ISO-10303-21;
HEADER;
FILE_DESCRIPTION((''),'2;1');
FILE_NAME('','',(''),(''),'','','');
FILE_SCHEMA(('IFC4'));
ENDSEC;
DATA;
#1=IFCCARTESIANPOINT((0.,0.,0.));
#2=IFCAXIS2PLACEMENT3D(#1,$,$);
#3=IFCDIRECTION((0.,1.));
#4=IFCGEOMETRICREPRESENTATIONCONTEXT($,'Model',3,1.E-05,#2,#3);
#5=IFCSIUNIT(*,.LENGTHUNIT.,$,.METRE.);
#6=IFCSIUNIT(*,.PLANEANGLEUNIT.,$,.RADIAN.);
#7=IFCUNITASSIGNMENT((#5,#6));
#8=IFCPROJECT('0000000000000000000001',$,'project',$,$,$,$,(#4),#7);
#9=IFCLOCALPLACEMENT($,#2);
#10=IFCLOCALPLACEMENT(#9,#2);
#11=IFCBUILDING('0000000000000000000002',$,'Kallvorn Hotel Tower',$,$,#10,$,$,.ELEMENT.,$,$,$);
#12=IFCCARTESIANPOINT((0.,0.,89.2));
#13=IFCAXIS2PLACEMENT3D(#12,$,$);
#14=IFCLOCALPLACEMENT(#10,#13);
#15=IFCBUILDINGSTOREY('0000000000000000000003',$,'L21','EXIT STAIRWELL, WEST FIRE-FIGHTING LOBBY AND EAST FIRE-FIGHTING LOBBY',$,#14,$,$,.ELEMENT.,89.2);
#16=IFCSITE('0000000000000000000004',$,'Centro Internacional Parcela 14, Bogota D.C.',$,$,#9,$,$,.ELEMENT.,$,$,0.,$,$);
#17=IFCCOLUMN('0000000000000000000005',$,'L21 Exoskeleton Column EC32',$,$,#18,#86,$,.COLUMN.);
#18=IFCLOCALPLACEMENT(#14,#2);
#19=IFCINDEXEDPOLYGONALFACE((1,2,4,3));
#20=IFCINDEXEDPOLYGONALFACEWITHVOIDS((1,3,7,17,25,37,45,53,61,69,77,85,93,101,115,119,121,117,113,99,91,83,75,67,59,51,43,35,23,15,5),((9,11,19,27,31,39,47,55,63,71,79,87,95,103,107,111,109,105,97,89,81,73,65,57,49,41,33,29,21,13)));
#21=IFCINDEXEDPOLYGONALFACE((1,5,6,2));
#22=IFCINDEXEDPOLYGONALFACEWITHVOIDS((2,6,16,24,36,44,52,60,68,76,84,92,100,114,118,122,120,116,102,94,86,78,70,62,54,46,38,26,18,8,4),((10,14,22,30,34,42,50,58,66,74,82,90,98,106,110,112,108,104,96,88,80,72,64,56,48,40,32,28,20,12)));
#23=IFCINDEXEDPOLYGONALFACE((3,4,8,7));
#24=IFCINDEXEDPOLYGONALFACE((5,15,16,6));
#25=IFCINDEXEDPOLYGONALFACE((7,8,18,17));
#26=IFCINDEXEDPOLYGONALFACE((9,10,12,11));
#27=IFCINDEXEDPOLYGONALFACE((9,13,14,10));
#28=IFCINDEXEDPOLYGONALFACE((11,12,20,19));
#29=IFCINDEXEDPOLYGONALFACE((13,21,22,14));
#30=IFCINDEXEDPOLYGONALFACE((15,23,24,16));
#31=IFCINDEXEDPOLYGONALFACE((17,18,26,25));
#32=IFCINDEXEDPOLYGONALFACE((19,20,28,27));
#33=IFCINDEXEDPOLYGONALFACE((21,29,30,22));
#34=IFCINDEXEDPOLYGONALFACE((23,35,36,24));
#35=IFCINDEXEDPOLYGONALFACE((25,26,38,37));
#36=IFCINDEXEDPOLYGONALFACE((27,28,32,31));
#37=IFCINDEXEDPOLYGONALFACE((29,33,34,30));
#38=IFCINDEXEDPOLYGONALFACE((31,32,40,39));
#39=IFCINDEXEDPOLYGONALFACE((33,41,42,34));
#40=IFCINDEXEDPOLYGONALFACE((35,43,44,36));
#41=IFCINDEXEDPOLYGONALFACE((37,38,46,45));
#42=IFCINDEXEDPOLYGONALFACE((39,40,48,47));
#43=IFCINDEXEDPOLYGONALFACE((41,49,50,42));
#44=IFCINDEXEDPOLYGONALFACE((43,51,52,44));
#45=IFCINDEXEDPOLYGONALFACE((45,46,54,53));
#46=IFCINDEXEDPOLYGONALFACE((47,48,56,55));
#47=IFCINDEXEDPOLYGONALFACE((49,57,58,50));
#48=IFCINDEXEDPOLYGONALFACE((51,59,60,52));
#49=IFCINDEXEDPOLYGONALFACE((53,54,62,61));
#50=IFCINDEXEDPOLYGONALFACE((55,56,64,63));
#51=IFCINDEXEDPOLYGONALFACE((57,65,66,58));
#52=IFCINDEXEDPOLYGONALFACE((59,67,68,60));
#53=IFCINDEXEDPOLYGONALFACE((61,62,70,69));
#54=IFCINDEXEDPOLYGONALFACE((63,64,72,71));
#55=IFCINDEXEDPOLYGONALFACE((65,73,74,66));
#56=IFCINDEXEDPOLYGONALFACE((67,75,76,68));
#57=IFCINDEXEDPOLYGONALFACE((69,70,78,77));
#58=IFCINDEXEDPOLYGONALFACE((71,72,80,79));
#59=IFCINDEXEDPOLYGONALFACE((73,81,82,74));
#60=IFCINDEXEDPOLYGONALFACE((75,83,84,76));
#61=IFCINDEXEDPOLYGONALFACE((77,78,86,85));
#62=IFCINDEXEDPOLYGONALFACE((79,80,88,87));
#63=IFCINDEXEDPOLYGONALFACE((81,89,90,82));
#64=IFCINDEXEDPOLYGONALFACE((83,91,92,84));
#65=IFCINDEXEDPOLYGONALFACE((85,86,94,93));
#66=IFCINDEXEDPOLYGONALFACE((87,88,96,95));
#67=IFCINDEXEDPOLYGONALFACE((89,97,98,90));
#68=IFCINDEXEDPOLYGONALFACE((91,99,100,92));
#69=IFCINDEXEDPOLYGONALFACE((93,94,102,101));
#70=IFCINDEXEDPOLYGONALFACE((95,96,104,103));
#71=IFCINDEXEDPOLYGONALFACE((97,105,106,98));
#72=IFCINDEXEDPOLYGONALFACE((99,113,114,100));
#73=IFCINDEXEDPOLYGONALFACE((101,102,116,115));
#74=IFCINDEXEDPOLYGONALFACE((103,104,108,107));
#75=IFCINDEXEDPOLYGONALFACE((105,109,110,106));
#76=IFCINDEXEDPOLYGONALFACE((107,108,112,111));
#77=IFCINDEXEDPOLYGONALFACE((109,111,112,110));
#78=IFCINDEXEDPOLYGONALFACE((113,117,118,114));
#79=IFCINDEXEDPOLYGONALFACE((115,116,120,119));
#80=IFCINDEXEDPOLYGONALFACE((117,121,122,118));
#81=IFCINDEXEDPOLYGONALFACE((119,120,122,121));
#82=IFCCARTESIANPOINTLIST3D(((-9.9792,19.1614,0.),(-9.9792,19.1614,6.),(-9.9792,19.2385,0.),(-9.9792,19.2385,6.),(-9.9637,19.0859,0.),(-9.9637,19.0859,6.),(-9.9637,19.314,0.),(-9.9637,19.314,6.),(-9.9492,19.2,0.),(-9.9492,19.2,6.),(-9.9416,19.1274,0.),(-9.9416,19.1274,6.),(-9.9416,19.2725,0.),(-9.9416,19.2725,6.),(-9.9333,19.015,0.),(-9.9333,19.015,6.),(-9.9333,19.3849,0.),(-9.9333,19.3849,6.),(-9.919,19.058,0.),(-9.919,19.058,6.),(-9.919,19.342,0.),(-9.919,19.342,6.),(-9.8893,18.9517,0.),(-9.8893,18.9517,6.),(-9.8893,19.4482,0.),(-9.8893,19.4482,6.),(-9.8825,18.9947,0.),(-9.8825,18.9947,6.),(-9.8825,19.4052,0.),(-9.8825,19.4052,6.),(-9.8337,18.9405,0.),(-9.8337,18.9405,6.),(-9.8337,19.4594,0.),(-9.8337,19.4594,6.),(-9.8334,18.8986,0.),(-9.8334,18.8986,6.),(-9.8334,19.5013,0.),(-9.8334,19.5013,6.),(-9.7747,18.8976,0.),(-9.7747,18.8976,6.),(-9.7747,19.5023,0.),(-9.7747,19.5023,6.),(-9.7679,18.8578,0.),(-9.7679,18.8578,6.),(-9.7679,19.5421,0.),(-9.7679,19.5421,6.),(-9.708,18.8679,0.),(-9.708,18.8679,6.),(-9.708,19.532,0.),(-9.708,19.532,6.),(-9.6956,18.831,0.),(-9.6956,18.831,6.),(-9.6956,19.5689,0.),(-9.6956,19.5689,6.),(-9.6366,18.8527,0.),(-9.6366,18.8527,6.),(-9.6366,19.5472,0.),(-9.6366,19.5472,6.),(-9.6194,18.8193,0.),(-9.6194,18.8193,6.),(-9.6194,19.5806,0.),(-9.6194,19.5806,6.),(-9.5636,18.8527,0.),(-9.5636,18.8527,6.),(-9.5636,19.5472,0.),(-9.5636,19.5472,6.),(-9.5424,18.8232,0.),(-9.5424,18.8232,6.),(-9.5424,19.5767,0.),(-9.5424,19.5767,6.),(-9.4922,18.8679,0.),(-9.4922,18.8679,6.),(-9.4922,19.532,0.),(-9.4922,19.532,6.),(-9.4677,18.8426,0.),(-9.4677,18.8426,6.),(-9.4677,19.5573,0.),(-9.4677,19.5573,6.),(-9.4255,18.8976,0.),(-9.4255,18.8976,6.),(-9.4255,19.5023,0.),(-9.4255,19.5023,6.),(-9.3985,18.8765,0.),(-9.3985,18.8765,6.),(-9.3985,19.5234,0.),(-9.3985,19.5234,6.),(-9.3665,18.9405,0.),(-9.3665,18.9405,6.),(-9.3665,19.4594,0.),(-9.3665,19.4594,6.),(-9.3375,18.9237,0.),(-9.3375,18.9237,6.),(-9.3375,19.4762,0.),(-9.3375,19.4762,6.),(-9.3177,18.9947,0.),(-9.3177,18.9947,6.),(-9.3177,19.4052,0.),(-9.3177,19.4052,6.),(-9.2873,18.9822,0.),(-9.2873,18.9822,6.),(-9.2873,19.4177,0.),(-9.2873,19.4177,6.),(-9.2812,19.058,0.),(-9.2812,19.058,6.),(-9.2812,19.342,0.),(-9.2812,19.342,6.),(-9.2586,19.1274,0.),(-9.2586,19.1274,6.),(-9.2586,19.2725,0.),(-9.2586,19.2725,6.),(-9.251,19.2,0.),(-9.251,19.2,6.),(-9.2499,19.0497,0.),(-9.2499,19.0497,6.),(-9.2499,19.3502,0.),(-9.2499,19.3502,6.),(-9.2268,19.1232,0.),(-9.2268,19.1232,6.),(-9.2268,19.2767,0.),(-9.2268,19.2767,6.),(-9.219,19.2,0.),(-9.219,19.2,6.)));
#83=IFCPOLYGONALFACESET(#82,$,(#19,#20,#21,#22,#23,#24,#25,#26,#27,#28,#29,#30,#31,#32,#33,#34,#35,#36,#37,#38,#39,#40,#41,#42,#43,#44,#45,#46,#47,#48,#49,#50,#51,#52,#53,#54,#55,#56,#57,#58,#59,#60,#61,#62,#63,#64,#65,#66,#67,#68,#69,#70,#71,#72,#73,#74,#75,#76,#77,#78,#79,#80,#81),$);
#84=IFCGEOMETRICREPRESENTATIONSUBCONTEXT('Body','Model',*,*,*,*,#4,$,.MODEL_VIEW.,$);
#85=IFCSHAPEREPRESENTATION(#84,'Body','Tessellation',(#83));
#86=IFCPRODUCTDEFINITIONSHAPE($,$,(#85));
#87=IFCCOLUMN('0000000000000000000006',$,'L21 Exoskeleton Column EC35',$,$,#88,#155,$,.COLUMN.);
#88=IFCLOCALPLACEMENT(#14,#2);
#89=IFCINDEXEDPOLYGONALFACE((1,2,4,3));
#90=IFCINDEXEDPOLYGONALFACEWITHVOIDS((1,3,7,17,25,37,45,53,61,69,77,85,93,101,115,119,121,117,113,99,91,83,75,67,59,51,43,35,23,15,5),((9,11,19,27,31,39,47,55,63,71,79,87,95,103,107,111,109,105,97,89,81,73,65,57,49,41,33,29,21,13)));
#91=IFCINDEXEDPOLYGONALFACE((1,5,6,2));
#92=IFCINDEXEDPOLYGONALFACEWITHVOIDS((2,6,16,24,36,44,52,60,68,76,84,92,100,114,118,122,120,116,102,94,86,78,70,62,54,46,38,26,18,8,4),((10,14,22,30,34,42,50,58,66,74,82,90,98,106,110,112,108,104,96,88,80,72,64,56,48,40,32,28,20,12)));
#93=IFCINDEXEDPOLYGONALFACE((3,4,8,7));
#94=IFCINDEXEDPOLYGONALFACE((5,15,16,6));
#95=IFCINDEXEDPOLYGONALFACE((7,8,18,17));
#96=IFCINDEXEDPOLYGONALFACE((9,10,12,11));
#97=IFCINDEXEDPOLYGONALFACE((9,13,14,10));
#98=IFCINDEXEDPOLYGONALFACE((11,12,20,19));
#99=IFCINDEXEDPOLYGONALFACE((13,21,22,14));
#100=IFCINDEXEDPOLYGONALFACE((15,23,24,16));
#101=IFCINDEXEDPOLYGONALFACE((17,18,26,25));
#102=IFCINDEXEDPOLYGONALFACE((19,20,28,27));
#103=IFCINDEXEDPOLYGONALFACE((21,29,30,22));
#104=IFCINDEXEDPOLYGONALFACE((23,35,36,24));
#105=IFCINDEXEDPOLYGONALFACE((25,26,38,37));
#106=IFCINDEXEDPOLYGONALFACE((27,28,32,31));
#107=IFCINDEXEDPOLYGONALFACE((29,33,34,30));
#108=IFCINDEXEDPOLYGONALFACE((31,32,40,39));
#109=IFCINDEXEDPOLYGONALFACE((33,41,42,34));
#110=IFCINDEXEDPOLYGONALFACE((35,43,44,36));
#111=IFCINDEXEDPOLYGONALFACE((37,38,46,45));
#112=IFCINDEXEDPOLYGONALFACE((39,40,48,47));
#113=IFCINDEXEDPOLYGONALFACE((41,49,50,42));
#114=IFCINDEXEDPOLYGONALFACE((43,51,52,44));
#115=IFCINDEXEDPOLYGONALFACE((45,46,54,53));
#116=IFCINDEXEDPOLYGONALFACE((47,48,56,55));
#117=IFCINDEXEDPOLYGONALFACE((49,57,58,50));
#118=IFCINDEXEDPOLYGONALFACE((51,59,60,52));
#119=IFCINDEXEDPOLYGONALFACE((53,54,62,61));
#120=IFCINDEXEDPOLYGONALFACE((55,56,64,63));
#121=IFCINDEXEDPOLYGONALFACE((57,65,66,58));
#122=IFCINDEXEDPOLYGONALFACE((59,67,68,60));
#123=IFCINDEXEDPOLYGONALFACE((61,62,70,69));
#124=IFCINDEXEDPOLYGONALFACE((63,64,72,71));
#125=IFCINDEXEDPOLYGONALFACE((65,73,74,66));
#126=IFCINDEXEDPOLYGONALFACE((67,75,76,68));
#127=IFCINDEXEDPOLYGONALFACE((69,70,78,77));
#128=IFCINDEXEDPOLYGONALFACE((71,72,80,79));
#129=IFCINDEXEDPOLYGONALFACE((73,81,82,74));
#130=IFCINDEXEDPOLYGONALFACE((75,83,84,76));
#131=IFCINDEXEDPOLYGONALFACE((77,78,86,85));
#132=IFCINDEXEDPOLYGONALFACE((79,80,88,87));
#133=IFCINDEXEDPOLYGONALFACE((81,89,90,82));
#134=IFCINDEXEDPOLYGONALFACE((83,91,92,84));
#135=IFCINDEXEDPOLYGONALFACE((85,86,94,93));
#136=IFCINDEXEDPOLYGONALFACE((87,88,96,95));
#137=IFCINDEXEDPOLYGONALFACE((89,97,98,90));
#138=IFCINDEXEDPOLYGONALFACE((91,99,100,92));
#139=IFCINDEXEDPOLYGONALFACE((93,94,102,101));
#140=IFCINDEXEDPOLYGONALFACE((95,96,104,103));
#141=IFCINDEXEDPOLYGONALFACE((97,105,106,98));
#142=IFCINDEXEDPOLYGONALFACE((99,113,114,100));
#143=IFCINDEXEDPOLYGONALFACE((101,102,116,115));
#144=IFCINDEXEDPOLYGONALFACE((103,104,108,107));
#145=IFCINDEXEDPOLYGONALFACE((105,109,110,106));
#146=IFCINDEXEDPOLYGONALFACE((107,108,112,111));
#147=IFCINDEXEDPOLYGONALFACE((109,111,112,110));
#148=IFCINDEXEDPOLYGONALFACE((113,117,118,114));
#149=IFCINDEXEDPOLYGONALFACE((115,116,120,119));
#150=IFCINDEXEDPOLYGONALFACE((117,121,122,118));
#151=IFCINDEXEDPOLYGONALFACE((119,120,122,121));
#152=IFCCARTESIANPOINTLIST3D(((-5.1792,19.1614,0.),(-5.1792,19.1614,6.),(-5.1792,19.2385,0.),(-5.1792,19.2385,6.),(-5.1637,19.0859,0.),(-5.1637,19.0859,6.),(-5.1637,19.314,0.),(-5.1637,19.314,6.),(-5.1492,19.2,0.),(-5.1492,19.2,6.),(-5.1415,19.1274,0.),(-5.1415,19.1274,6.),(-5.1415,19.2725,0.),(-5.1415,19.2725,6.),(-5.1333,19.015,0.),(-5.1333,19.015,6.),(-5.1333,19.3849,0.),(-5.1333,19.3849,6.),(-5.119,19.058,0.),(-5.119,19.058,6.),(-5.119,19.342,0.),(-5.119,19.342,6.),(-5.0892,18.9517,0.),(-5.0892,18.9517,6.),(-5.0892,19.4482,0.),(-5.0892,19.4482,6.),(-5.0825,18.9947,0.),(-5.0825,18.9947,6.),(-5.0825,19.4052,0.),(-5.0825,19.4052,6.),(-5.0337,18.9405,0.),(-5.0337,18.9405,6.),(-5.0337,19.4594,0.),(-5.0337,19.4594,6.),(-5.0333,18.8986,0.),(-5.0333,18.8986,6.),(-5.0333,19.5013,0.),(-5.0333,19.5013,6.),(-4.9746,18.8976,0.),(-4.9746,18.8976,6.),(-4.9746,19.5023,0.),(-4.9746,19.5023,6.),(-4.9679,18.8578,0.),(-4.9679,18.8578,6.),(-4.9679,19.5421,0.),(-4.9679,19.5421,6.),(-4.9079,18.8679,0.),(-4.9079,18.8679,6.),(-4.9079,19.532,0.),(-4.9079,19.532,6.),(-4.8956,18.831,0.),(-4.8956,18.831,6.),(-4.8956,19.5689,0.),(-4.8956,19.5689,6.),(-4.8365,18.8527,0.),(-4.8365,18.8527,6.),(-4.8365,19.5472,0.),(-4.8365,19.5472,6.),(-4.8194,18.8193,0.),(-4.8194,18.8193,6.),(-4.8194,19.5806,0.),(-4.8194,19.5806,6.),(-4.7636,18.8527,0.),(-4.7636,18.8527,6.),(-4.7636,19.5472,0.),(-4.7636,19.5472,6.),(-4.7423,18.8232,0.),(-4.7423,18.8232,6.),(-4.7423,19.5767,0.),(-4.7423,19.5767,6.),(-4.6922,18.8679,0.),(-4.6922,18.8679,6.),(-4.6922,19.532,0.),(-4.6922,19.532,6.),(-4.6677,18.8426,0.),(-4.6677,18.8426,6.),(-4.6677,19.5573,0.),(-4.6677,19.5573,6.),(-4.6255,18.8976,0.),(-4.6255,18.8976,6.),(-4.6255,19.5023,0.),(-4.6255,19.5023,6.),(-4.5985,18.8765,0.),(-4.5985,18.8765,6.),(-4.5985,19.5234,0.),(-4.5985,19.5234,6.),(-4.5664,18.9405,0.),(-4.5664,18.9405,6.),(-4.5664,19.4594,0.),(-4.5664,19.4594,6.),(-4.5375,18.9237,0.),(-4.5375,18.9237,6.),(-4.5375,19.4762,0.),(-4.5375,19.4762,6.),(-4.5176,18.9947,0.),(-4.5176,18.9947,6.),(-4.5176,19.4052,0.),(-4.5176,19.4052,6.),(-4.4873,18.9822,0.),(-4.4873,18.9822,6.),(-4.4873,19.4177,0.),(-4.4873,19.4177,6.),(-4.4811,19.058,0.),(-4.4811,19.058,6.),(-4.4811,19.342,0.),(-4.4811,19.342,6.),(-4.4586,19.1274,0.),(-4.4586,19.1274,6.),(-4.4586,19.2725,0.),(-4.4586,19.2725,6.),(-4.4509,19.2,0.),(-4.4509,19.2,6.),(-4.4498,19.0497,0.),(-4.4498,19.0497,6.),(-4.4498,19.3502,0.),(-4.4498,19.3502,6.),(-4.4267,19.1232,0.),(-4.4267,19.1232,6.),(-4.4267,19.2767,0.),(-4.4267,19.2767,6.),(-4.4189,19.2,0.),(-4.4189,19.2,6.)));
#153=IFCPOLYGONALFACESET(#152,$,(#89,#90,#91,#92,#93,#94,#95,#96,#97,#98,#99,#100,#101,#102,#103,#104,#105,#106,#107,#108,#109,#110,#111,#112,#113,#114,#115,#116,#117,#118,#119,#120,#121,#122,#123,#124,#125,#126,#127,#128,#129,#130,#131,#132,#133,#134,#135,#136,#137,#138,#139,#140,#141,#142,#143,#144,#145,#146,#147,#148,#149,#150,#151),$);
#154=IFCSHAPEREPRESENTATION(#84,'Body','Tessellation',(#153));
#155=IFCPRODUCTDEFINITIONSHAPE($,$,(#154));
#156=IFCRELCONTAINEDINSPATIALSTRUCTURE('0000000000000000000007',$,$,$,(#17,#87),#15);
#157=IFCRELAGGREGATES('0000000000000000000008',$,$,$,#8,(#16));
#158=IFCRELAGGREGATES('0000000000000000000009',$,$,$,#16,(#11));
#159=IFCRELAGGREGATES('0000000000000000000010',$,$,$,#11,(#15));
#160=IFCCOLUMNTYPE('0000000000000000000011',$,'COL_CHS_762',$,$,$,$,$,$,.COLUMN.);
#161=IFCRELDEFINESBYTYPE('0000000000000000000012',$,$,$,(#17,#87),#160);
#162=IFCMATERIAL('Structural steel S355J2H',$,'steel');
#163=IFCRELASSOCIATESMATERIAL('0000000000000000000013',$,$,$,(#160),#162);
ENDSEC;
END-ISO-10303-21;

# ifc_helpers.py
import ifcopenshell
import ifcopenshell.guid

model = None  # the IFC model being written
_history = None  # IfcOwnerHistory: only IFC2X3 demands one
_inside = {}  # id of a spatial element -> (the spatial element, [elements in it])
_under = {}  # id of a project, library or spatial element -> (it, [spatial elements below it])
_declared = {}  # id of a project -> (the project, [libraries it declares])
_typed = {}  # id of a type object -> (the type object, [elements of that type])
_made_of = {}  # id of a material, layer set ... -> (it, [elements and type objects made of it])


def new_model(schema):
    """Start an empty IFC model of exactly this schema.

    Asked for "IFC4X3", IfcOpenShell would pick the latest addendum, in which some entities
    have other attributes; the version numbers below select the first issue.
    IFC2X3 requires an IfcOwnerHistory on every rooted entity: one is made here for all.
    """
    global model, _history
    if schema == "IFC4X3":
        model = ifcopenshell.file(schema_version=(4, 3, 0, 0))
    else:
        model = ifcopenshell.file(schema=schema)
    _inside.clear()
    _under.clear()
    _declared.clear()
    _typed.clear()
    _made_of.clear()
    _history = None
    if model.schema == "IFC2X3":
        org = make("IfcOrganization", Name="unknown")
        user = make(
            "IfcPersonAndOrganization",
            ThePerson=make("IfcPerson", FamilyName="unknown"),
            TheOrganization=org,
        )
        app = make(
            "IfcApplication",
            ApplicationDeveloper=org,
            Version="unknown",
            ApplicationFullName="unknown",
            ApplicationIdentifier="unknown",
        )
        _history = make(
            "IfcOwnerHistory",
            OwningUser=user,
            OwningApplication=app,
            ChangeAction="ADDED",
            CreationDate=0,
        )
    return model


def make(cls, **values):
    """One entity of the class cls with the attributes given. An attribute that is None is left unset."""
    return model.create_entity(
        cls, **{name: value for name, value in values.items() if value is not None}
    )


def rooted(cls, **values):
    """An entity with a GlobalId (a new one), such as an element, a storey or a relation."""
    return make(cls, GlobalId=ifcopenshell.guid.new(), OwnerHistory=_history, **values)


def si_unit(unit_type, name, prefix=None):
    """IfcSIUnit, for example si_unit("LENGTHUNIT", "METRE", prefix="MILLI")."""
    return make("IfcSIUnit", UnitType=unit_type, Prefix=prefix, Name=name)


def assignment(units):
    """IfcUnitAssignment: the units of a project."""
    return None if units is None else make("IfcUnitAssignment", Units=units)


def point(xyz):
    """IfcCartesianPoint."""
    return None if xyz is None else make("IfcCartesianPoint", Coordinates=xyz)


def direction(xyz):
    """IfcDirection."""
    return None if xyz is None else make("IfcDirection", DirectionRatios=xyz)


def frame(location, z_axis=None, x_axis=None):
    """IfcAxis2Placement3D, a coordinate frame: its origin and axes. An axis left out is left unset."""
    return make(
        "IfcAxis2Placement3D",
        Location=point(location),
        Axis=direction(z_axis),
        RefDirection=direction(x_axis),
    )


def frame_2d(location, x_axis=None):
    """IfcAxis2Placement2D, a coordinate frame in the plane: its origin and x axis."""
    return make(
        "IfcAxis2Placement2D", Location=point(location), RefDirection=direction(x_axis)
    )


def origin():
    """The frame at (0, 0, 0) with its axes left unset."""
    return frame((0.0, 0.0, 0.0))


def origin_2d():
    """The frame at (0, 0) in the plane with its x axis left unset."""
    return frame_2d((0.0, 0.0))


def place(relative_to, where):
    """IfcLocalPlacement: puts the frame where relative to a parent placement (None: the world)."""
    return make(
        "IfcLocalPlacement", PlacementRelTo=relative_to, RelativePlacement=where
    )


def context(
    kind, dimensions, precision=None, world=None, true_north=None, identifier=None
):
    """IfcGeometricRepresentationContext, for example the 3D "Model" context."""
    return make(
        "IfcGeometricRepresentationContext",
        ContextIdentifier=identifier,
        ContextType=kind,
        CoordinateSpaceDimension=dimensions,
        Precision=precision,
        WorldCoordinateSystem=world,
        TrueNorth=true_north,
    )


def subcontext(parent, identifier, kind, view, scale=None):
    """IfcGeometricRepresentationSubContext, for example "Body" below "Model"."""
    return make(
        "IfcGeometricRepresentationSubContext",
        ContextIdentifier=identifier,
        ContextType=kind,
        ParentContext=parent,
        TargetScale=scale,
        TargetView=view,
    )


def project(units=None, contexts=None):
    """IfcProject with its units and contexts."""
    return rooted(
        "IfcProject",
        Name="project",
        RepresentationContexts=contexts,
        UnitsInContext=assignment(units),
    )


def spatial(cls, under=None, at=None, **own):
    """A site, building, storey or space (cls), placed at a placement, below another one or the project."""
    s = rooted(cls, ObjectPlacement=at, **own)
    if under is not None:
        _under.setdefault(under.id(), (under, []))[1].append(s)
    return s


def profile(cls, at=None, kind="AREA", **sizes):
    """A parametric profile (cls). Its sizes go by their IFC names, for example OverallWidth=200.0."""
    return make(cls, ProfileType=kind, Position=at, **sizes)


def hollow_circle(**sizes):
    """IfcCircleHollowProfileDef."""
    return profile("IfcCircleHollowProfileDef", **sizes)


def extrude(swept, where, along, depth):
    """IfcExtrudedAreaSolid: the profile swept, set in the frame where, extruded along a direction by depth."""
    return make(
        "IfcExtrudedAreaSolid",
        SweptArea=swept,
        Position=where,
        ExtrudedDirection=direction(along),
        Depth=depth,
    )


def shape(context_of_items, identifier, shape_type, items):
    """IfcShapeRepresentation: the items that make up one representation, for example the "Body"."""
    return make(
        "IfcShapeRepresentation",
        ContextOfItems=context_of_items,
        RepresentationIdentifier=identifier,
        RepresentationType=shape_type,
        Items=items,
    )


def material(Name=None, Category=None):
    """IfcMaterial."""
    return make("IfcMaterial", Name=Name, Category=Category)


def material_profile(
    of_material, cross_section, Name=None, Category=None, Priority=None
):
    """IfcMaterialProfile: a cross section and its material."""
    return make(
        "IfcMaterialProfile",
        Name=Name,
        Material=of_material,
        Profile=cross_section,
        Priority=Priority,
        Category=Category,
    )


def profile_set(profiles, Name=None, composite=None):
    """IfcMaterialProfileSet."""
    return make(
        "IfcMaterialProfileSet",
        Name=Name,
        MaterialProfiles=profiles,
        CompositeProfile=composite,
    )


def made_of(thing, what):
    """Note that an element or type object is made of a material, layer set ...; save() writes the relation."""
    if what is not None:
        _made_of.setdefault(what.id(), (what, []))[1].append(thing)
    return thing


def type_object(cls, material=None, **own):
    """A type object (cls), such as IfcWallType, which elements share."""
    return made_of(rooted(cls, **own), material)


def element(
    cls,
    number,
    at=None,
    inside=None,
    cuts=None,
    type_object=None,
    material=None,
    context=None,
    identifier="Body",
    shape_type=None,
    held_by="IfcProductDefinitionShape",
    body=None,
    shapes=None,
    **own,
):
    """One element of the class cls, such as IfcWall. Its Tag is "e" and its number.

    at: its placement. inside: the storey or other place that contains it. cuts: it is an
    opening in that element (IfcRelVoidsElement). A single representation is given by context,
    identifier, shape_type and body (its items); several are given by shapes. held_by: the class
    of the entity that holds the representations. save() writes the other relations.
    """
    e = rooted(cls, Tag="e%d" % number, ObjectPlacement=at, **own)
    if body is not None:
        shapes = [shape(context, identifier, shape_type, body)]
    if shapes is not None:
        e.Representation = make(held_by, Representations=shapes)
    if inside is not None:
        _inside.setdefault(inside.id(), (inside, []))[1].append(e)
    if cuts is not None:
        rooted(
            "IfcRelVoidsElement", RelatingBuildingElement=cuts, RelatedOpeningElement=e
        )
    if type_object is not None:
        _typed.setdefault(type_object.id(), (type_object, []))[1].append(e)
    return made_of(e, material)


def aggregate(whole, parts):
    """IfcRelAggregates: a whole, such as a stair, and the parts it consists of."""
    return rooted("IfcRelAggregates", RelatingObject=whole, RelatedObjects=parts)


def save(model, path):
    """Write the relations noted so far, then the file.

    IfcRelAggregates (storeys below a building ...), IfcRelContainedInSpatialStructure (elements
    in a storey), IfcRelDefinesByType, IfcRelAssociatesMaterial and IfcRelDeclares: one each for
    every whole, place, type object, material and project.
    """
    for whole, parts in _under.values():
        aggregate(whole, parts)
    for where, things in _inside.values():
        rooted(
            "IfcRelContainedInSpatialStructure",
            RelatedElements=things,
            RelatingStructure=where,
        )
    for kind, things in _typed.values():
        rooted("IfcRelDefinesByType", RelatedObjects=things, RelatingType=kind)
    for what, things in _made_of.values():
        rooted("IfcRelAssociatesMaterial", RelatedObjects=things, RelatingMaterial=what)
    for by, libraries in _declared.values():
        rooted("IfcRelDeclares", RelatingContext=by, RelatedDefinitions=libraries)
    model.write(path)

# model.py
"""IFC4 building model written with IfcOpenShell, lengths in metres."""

from ifc_helpers import new_model, si_unit, direction, frame, origin, origin_2d, place, context, subcontext, project, spatial, hollow_circle, extrude, material, material_profile, profile_set, type_object, element, save


model = new_model("IFC4")

# Units and contexts
model_context = context("Model", 3, precision=1e-05, world=origin(), true_north=direction((0.0, 1.0)))
body_context = subcontext(model_context, "Body", "Model", "MODEL_VIEW")
ifc_project = project(units=[si_unit("LENGTHUNIT", "METRE"), si_unit("PLANEANGLEUNIT", "RADIAN")], contexts=[model_context])

# Site, building, storey
site_placement = place(None, origin())
site = spatial("IfcSite", under=ifc_project, at=site_placement, Name="Centro Internacional Parcela 14, Bogota D.C.", CompositionType="ELEMENT", RefElevation=0.0)
building_placement = place(site_placement, origin())
building = spatial("IfcBuilding", under=site, at=building_placement, Name="Kallvorn Hotel Tower", CompositionType="ELEMENT")
storey_placement = place(building_placement, frame((0.0, 0.0, 89.2)))
storey = spatial("IfcBuildingStorey", under=building, at=storey_placement, Name="L21", Description="EXIT STAIRWELL, WEST FIRE-FIGHTING LOBBY AND EAST FIRE-FIGHTING LOBBY", CompositionType="ELEMENT", Elevation=89.2)

# Columns
ifc_material_1 = material(Name="Structural steel S355J2H", Category="steel")
ifc_material_profile_1 = material_profile(ifc_material_1, hollow_circle(Radius=0.3811, WallThickness=0.032, at=origin_2d()), Name="CHS 762x32")
ifc_profile_set_1 = profile_set([ifc_material_profile_1], Name="Structural steel S355J2H")
column_type_1 = type_object("IfcColumnType", Name="COL_CHS_762", PredefinedType="COLUMN", material=ifc_profile_set_1)
for number, where, z_axis, x_axis, name in (
    (1, (-9.6001, 19.2, 0.0), (0.0, 0.0, 1.0), (1.0, 0.0, 0.0), "L21 Exoskeleton Column EC32"),
    (2, (-4.8, 19.2, 0.0), (0.0, 0.0, 1.0), (1.0, 0.0, 0.0), "L21 Exoskeleton Column EC35"),
):
    element("IfcColumn", number, at=place(storey_placement, frame(where, z_axis=z_axis, x_axis=x_axis)), inside=storey, type_object=column_type_1, Name=name, PredefinedType="COLUMN", context=body_context, shape_type="SweptSolid", body=[
        extrude(hollow_circle(Radius=0.3811, WallThickness=0.032, at=origin_2d()), origin(), (0.0, 0.0, 1.0), 6.0),
    ])

save(model, "model.ifc")
